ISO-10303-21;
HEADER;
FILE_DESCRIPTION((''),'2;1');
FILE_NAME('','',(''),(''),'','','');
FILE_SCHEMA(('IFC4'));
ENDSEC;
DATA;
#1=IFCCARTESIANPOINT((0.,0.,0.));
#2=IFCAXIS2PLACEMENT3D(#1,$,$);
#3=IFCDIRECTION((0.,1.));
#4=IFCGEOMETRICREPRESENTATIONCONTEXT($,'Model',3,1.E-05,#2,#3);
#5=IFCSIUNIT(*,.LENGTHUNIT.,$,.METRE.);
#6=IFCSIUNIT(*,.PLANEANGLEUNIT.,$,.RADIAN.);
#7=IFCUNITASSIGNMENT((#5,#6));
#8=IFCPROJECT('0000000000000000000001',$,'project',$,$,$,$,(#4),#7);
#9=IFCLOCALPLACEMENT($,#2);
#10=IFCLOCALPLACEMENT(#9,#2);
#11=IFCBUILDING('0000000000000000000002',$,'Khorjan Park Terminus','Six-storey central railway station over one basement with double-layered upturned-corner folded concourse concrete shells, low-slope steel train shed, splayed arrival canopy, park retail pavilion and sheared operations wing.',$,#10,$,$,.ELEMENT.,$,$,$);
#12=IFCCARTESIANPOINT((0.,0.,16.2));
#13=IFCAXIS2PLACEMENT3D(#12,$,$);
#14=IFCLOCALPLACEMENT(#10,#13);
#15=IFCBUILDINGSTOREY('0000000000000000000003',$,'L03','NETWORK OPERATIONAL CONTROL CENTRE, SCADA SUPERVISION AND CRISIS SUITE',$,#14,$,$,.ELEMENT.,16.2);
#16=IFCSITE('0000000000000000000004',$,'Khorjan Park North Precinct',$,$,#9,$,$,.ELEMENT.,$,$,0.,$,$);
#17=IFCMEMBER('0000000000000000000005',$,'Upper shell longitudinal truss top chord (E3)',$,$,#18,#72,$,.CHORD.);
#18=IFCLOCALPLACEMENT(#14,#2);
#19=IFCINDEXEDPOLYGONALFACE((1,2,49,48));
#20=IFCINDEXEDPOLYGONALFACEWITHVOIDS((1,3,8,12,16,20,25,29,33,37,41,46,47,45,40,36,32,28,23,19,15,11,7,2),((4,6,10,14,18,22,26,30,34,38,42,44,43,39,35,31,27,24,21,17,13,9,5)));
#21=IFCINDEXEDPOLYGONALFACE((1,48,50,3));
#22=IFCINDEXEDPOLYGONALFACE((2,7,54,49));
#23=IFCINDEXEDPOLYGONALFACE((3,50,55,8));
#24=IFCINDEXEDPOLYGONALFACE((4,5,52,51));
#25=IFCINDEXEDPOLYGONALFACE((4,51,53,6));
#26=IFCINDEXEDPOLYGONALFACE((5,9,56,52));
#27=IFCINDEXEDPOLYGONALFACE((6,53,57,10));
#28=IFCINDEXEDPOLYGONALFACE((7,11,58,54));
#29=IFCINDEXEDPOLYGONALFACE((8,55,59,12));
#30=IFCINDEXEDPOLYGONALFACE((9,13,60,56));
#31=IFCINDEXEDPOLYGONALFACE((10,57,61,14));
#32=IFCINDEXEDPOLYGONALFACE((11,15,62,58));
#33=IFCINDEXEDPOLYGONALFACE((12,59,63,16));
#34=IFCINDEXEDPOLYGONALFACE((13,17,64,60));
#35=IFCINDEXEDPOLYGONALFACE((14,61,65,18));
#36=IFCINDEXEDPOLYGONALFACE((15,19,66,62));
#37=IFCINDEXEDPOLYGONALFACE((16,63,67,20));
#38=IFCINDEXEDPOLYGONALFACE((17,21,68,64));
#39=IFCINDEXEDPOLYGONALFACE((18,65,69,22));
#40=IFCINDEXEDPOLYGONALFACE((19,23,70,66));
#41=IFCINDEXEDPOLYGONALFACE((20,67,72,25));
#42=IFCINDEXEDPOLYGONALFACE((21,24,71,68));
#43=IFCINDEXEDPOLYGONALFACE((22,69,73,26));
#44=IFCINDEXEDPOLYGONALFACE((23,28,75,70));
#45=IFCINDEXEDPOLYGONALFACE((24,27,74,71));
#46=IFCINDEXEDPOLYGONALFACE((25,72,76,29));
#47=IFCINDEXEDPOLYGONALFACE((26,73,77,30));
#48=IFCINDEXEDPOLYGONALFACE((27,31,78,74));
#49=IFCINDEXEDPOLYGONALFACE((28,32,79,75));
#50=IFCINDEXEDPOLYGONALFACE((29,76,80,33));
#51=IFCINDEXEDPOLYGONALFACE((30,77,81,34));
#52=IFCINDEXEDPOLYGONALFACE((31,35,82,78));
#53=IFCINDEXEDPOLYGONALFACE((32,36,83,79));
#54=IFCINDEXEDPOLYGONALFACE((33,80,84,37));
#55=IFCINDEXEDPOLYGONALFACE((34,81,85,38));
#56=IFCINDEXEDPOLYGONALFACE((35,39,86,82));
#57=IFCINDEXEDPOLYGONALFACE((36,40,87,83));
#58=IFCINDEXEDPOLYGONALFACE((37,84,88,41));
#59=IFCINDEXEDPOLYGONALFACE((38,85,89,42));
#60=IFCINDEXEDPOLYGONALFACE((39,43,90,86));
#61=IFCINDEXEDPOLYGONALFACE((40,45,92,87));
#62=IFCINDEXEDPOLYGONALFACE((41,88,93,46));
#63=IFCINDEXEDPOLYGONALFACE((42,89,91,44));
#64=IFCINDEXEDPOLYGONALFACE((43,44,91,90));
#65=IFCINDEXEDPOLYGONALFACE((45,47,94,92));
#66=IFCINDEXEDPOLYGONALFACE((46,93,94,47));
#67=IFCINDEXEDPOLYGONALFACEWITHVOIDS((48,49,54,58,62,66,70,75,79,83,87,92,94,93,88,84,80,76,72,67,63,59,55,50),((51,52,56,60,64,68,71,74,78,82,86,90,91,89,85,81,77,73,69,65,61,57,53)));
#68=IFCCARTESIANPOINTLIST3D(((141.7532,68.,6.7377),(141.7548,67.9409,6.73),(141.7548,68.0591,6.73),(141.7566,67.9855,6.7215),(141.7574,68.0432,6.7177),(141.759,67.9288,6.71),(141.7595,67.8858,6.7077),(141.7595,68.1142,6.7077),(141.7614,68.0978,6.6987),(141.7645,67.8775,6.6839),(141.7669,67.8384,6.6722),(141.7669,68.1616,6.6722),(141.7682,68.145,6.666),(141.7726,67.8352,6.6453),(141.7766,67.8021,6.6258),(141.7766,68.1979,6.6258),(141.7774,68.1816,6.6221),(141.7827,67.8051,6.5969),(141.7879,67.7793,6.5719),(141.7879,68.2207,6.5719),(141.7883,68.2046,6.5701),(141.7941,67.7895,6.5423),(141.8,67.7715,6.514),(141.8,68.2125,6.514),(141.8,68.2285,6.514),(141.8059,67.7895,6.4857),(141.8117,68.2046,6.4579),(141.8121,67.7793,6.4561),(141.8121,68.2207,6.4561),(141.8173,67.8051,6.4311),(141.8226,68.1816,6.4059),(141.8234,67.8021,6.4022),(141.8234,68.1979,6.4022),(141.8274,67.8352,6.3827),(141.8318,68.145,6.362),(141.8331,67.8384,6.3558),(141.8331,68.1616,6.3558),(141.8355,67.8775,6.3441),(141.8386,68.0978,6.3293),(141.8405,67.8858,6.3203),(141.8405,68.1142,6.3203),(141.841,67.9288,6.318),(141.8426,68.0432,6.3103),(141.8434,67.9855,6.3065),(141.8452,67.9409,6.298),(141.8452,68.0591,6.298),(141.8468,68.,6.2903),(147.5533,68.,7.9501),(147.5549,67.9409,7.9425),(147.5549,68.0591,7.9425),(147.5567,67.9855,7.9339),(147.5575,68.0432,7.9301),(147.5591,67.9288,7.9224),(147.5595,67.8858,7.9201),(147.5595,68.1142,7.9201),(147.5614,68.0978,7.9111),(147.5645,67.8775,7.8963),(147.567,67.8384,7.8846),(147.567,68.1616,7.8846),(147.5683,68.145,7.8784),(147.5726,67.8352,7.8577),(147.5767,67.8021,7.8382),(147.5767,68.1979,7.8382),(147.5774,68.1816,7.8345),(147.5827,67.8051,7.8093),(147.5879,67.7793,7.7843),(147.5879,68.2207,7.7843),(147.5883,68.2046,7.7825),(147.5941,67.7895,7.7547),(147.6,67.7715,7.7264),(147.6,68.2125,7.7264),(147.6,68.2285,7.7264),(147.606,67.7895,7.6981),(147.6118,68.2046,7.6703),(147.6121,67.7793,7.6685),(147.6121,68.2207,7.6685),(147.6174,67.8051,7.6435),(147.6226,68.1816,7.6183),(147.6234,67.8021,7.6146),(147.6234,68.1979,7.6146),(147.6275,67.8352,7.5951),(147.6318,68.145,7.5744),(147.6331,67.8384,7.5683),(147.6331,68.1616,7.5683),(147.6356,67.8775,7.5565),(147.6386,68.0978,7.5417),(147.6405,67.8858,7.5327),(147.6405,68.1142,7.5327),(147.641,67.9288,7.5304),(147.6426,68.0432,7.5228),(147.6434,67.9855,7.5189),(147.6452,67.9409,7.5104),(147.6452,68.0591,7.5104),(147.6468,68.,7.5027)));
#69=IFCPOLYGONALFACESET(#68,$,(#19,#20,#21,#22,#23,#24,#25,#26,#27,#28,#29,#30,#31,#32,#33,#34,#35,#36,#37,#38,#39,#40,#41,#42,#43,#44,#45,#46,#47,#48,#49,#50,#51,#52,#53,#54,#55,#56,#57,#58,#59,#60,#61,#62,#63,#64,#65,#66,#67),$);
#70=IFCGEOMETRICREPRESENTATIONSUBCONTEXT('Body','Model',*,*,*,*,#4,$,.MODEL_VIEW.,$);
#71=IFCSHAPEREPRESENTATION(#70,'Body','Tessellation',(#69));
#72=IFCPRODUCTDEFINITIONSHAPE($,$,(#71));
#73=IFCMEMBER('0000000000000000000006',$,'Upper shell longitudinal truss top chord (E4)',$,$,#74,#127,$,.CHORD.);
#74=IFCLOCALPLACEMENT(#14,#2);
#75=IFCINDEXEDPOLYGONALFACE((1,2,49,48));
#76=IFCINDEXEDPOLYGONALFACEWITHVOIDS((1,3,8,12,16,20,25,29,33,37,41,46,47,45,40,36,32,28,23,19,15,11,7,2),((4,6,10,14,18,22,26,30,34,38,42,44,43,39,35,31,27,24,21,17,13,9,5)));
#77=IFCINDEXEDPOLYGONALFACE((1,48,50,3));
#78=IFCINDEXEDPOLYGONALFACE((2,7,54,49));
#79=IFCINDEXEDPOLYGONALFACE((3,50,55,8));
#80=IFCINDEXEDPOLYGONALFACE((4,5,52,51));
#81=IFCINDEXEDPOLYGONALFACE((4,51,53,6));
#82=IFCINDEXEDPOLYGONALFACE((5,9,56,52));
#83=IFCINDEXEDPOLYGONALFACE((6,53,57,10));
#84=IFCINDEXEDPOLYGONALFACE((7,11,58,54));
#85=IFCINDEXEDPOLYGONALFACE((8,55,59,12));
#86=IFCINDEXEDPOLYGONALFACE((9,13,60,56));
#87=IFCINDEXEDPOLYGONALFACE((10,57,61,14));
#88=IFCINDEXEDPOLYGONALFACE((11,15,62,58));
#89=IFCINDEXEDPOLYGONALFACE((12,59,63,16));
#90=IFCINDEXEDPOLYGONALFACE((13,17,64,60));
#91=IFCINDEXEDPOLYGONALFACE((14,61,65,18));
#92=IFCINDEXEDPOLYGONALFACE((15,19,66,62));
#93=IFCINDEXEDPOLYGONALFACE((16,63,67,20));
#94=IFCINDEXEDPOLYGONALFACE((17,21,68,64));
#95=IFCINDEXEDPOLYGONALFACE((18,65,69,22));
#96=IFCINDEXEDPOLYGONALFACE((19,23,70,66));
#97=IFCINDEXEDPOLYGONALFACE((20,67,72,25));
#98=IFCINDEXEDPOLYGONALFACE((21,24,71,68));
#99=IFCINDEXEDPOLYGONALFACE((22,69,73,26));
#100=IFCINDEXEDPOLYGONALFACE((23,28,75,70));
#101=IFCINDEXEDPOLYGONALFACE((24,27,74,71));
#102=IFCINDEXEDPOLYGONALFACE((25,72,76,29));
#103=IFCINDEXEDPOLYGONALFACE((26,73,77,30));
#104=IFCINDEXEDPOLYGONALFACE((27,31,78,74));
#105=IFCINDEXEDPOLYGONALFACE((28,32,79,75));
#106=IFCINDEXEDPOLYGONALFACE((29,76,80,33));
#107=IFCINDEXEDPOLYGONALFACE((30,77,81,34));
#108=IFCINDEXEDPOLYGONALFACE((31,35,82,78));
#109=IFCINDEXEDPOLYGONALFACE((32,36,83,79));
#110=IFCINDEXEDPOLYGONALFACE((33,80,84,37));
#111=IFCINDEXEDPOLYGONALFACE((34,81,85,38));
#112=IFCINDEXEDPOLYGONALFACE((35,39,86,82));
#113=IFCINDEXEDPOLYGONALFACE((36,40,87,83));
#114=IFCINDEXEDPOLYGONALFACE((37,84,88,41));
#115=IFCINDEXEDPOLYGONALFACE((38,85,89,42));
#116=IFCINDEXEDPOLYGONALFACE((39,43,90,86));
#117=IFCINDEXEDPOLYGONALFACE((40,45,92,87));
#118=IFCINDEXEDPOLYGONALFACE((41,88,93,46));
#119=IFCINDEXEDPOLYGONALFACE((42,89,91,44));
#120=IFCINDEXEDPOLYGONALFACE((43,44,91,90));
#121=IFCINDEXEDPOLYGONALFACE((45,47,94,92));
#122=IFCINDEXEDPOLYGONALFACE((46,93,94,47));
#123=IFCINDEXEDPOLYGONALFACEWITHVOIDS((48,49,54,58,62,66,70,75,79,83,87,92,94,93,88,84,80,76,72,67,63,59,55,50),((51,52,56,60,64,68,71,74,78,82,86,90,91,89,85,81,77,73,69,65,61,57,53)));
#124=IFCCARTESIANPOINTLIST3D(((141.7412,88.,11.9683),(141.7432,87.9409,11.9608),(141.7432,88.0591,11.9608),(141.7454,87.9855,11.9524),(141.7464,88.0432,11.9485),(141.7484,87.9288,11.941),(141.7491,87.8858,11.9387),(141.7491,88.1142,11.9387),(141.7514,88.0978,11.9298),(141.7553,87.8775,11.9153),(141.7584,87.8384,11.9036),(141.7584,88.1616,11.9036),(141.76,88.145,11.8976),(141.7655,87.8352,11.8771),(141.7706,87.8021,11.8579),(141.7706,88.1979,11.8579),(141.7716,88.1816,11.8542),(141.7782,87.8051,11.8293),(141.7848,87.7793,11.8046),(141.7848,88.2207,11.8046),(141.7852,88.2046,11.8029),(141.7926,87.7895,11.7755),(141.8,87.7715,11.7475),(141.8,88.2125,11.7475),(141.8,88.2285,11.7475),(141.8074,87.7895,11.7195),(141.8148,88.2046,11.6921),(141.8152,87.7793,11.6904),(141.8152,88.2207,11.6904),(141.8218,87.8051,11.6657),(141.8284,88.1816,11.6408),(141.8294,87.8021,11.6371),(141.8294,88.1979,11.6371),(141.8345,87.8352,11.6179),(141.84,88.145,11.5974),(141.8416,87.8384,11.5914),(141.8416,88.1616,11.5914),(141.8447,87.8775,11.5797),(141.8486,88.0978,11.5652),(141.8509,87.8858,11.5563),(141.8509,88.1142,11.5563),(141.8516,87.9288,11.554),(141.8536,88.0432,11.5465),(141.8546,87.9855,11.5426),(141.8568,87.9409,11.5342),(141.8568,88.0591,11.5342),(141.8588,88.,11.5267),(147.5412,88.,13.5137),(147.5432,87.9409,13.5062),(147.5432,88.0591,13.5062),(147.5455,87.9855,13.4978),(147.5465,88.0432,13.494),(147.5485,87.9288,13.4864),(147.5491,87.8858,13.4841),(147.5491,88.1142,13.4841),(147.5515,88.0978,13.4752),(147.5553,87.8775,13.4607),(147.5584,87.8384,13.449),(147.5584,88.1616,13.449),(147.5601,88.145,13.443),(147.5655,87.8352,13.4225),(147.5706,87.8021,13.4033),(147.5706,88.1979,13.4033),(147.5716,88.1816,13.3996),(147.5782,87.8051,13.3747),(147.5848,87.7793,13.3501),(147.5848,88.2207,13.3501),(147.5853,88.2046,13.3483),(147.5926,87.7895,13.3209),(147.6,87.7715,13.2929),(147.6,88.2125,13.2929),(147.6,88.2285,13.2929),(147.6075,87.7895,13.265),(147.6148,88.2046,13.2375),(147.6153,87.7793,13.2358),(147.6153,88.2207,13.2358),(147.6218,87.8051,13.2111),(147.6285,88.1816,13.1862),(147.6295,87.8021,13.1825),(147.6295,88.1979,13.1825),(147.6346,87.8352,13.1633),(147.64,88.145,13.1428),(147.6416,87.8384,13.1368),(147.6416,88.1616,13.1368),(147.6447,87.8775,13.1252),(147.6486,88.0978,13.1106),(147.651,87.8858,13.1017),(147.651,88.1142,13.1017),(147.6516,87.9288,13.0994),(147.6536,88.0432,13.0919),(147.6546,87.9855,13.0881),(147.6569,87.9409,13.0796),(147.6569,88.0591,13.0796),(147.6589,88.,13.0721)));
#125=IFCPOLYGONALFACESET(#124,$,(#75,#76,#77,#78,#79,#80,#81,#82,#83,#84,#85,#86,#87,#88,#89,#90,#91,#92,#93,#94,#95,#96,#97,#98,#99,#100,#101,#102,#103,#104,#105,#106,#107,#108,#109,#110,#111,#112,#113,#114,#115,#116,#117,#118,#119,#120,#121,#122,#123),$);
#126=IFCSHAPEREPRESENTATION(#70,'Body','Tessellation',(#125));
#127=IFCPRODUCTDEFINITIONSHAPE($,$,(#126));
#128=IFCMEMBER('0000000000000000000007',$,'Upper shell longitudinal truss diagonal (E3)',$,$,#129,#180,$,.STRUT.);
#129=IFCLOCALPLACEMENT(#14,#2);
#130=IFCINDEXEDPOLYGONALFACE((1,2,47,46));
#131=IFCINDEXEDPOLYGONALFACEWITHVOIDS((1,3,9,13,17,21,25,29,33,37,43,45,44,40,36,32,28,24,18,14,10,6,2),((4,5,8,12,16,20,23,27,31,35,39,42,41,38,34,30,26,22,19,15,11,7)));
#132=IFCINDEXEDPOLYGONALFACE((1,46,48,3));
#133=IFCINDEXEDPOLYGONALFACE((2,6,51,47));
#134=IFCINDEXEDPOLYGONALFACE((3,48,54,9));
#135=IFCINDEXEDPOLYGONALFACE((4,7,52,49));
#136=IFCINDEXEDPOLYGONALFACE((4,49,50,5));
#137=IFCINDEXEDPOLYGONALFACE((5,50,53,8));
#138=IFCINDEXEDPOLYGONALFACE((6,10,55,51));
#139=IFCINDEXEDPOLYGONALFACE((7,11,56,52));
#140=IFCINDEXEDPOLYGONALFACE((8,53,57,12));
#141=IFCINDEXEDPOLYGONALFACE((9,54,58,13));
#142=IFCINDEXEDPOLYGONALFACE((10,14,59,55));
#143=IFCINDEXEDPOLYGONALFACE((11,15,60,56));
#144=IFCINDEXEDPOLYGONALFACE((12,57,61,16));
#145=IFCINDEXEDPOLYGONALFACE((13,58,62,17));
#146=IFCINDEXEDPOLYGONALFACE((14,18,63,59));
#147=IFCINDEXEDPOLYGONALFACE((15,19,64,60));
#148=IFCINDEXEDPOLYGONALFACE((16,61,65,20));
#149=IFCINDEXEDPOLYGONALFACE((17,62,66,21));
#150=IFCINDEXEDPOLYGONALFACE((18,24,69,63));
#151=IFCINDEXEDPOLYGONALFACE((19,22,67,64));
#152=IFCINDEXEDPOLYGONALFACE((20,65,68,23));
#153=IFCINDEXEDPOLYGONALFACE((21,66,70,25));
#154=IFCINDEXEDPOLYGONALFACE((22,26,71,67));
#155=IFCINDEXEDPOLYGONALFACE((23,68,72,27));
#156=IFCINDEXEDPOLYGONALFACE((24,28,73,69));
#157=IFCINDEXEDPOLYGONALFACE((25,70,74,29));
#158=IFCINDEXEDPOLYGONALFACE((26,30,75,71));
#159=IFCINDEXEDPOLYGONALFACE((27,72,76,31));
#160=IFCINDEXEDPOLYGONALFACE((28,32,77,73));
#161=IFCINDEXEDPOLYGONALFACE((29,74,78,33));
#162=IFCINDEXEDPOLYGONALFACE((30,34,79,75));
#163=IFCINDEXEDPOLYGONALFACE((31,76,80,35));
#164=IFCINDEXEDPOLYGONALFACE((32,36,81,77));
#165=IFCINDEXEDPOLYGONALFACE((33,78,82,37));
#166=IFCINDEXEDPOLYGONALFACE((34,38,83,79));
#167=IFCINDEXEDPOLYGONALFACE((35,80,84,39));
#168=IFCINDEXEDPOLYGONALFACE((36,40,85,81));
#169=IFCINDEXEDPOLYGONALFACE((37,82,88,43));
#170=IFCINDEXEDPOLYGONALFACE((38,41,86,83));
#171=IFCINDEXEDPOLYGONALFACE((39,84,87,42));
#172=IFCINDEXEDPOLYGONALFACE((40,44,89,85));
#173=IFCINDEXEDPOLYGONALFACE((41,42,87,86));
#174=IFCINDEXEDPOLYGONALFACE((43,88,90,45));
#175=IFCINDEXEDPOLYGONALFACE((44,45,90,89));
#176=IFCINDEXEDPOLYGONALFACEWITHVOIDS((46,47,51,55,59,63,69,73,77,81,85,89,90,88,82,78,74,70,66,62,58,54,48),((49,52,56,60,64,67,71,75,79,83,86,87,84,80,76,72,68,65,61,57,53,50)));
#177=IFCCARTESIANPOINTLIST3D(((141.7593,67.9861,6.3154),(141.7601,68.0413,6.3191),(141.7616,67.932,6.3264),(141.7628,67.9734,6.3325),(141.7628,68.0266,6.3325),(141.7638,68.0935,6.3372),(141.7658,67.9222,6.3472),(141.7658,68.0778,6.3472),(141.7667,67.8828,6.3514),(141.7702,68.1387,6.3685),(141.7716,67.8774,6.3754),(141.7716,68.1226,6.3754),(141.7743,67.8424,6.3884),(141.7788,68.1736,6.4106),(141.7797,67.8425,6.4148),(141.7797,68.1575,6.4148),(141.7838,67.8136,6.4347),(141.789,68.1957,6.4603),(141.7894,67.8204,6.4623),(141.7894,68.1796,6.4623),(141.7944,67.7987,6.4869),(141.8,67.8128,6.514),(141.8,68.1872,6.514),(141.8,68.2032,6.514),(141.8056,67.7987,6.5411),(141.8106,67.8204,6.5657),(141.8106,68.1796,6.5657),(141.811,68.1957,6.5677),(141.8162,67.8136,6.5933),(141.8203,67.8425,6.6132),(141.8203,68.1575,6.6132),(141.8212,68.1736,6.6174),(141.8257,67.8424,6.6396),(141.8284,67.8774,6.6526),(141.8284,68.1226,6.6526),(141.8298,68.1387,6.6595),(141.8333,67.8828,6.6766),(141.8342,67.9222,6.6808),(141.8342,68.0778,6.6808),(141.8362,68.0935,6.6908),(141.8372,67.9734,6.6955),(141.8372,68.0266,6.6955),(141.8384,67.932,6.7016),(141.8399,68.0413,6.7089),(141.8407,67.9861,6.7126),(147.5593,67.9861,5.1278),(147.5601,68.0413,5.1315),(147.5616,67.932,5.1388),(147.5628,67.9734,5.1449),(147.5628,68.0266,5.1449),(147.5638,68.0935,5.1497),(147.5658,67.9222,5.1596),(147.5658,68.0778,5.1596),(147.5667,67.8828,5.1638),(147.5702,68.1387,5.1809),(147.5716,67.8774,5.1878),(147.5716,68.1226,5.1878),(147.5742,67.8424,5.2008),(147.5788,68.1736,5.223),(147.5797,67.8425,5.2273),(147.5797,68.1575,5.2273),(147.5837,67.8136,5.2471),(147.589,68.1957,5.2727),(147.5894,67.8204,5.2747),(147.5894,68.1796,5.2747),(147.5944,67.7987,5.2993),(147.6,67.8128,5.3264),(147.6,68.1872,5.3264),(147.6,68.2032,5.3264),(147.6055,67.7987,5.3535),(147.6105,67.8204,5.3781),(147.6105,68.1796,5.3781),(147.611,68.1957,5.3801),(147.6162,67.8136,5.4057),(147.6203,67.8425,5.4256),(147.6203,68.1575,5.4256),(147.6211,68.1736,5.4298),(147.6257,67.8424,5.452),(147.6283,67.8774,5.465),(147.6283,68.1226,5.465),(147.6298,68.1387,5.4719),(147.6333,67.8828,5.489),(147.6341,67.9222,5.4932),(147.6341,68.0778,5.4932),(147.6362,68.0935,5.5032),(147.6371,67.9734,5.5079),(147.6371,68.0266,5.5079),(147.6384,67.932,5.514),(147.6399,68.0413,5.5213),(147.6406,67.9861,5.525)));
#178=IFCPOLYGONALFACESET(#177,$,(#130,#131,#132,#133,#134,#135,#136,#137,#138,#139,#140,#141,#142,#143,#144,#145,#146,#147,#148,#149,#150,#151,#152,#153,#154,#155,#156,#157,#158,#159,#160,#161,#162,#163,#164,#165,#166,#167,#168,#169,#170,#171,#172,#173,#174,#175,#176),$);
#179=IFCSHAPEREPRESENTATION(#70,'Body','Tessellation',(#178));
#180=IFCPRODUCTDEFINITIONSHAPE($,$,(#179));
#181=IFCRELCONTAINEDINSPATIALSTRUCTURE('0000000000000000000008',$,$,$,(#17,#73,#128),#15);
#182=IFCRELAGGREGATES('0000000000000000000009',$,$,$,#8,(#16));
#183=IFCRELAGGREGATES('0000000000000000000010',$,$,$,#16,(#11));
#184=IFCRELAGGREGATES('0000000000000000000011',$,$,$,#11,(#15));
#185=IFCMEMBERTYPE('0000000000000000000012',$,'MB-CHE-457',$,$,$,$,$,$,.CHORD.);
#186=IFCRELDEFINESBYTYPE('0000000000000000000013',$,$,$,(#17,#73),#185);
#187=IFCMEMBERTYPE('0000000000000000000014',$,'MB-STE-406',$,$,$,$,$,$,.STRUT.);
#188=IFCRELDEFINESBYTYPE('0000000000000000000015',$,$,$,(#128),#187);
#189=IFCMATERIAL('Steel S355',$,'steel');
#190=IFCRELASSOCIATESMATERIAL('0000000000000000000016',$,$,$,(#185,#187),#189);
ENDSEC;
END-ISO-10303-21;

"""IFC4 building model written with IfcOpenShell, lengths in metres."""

from ifc_helpers import new_model, si_unit, direction, frame, origin, origin_2d, place, context, subcontext, project, spatial, hollow_circle, extrude, material, material_profile, profile_set, type_object, element, save


model = new_model("IFC4")

# Units and contexts
model_context = context("Model", 3, precision=1e-05, world=origin(), true_north=direction((0.0, 1.0)))
body_context = subcontext(model_context, "Body", "Model", "MODEL_VIEW")
ifc_project = project(units=[si_unit("LENGTHUNIT", "METRE"), si_unit("PLANEANGLEUNIT", "RADIAN")], contexts=[model_context])

# Site, building, storey
site_placement = place(None, origin())
site = spatial("IfcSite", under=ifc_project, at=site_placement, Name="Khorjan Park North Precinct", CompositionType="ELEMENT", RefElevation=0.0)
building_placement = place(site_placement, origin())
building = spatial("IfcBuilding", under=site, at=building_placement, Name="Khorjan Park Terminus", Description="Six-storey central railway station over one basement with double-layered upturned-corner folded concourse concrete shells, low-slope steel train shed, splayed arrival canopy, park retail pavilion and sheared operations wing.", CompositionType="ELEMENT")
storey_placement = place(building_placement, frame((0.0, 0.0, 16.2)))
storey = spatial("IfcBuildingStorey", under=building, at=storey_placement, Name="L03", Description="NETWORK OPERATIONAL CONTROL CENTRE, SCADA SUPERVISION AND CRISIS SUITE", CompositionType="ELEMENT", Elevation=16.2)

# Shared definitions
ifc_material_1 = material(Name="Steel S355", Category="steel")

# Members
ifc_material_profile_1 = material_profile(ifc_material_1, hollow_circle(Radius=0.2285, WallThickness=0.016, at=origin_2d()), Name="CHS 457x16")
ifc_profile_set_1 = profile_set([ifc_material_profile_1], Name="Steel S355")
member_type_1 = type_object("IfcMemberType", Name="MB-CHE-457", PredefinedType="CHORD", material=ifc_profile_set_1)
member_1_placement = place(storey_placement, frame((141.8, 68.0, 6.514), z_axis=(0.978843, 0.0, 0.204612), x_axis=(0.0, 1.0, 0.0)))
element("IfcMember", 1, at=member_1_placement, inside=storey, type_object=member_type_1, Name="Upper shell longitudinal truss top chord (E3)", PredefinedType="CHORD", context=body_context, shape_type="SweptSolid", body=[
    extrude(hollow_circle(Radius=0.2285, WallThickness=0.016, at=origin_2d()), origin(), (0.0, 0.0, 1.0), 5.9254),
])
member_2_placement = place(storey_placement, frame((141.8, 88.0, 11.7475), z_axis=(0.966287, 0.0, 0.257466), x_axis=(0.0, 1.0, 0.0)))
element("IfcMember", 2, at=member_2_placement, inside=storey, type_object=member_type_1, Name="Upper shell longitudinal truss top chord (E4)", PredefinedType="CHORD", context=body_context, shape_type="SweptSolid", body=[
    extrude(hollow_circle(Radius=0.2285, WallThickness=0.016, at=origin_2d()), origin(), (0.0, 0.0, 1.0), 6.0024),
])
ifc_material_profile_2 = material_profile(ifc_material_1, hollow_circle(Radius=0.2032, WallThickness=0.016, at=origin_2d()), Name="CHS 406.4x16")
ifc_profile_set_2 = profile_set([ifc_material_profile_2], Name="Steel S355")
member_type_2 = type_object("IfcMemberType", Name="MB-STE-406", PredefinedType="STRUT", material=ifc_profile_set_2)
member_3_placement = place(storey_placement, frame((141.8, 68.0, 6.514), z_axis=(0.979674, 0.0, -0.200597), x_axis=(0.0, 1.0, 0.0)))
element("IfcMember", 3, at=member_3_placement, inside=storey, type_object=member_type_2, Name="Upper shell longitudinal truss diagonal (E3)", PredefinedType="STRUT", context=body_context, shape_type="SweptSolid", body=[
    extrude(hollow_circle(Radius=0.2032, WallThickness=0.016, at=origin_2d()), origin(), (0.0, 0.0, 1.0), 5.9203),
])

save(model, "model.ifc")
